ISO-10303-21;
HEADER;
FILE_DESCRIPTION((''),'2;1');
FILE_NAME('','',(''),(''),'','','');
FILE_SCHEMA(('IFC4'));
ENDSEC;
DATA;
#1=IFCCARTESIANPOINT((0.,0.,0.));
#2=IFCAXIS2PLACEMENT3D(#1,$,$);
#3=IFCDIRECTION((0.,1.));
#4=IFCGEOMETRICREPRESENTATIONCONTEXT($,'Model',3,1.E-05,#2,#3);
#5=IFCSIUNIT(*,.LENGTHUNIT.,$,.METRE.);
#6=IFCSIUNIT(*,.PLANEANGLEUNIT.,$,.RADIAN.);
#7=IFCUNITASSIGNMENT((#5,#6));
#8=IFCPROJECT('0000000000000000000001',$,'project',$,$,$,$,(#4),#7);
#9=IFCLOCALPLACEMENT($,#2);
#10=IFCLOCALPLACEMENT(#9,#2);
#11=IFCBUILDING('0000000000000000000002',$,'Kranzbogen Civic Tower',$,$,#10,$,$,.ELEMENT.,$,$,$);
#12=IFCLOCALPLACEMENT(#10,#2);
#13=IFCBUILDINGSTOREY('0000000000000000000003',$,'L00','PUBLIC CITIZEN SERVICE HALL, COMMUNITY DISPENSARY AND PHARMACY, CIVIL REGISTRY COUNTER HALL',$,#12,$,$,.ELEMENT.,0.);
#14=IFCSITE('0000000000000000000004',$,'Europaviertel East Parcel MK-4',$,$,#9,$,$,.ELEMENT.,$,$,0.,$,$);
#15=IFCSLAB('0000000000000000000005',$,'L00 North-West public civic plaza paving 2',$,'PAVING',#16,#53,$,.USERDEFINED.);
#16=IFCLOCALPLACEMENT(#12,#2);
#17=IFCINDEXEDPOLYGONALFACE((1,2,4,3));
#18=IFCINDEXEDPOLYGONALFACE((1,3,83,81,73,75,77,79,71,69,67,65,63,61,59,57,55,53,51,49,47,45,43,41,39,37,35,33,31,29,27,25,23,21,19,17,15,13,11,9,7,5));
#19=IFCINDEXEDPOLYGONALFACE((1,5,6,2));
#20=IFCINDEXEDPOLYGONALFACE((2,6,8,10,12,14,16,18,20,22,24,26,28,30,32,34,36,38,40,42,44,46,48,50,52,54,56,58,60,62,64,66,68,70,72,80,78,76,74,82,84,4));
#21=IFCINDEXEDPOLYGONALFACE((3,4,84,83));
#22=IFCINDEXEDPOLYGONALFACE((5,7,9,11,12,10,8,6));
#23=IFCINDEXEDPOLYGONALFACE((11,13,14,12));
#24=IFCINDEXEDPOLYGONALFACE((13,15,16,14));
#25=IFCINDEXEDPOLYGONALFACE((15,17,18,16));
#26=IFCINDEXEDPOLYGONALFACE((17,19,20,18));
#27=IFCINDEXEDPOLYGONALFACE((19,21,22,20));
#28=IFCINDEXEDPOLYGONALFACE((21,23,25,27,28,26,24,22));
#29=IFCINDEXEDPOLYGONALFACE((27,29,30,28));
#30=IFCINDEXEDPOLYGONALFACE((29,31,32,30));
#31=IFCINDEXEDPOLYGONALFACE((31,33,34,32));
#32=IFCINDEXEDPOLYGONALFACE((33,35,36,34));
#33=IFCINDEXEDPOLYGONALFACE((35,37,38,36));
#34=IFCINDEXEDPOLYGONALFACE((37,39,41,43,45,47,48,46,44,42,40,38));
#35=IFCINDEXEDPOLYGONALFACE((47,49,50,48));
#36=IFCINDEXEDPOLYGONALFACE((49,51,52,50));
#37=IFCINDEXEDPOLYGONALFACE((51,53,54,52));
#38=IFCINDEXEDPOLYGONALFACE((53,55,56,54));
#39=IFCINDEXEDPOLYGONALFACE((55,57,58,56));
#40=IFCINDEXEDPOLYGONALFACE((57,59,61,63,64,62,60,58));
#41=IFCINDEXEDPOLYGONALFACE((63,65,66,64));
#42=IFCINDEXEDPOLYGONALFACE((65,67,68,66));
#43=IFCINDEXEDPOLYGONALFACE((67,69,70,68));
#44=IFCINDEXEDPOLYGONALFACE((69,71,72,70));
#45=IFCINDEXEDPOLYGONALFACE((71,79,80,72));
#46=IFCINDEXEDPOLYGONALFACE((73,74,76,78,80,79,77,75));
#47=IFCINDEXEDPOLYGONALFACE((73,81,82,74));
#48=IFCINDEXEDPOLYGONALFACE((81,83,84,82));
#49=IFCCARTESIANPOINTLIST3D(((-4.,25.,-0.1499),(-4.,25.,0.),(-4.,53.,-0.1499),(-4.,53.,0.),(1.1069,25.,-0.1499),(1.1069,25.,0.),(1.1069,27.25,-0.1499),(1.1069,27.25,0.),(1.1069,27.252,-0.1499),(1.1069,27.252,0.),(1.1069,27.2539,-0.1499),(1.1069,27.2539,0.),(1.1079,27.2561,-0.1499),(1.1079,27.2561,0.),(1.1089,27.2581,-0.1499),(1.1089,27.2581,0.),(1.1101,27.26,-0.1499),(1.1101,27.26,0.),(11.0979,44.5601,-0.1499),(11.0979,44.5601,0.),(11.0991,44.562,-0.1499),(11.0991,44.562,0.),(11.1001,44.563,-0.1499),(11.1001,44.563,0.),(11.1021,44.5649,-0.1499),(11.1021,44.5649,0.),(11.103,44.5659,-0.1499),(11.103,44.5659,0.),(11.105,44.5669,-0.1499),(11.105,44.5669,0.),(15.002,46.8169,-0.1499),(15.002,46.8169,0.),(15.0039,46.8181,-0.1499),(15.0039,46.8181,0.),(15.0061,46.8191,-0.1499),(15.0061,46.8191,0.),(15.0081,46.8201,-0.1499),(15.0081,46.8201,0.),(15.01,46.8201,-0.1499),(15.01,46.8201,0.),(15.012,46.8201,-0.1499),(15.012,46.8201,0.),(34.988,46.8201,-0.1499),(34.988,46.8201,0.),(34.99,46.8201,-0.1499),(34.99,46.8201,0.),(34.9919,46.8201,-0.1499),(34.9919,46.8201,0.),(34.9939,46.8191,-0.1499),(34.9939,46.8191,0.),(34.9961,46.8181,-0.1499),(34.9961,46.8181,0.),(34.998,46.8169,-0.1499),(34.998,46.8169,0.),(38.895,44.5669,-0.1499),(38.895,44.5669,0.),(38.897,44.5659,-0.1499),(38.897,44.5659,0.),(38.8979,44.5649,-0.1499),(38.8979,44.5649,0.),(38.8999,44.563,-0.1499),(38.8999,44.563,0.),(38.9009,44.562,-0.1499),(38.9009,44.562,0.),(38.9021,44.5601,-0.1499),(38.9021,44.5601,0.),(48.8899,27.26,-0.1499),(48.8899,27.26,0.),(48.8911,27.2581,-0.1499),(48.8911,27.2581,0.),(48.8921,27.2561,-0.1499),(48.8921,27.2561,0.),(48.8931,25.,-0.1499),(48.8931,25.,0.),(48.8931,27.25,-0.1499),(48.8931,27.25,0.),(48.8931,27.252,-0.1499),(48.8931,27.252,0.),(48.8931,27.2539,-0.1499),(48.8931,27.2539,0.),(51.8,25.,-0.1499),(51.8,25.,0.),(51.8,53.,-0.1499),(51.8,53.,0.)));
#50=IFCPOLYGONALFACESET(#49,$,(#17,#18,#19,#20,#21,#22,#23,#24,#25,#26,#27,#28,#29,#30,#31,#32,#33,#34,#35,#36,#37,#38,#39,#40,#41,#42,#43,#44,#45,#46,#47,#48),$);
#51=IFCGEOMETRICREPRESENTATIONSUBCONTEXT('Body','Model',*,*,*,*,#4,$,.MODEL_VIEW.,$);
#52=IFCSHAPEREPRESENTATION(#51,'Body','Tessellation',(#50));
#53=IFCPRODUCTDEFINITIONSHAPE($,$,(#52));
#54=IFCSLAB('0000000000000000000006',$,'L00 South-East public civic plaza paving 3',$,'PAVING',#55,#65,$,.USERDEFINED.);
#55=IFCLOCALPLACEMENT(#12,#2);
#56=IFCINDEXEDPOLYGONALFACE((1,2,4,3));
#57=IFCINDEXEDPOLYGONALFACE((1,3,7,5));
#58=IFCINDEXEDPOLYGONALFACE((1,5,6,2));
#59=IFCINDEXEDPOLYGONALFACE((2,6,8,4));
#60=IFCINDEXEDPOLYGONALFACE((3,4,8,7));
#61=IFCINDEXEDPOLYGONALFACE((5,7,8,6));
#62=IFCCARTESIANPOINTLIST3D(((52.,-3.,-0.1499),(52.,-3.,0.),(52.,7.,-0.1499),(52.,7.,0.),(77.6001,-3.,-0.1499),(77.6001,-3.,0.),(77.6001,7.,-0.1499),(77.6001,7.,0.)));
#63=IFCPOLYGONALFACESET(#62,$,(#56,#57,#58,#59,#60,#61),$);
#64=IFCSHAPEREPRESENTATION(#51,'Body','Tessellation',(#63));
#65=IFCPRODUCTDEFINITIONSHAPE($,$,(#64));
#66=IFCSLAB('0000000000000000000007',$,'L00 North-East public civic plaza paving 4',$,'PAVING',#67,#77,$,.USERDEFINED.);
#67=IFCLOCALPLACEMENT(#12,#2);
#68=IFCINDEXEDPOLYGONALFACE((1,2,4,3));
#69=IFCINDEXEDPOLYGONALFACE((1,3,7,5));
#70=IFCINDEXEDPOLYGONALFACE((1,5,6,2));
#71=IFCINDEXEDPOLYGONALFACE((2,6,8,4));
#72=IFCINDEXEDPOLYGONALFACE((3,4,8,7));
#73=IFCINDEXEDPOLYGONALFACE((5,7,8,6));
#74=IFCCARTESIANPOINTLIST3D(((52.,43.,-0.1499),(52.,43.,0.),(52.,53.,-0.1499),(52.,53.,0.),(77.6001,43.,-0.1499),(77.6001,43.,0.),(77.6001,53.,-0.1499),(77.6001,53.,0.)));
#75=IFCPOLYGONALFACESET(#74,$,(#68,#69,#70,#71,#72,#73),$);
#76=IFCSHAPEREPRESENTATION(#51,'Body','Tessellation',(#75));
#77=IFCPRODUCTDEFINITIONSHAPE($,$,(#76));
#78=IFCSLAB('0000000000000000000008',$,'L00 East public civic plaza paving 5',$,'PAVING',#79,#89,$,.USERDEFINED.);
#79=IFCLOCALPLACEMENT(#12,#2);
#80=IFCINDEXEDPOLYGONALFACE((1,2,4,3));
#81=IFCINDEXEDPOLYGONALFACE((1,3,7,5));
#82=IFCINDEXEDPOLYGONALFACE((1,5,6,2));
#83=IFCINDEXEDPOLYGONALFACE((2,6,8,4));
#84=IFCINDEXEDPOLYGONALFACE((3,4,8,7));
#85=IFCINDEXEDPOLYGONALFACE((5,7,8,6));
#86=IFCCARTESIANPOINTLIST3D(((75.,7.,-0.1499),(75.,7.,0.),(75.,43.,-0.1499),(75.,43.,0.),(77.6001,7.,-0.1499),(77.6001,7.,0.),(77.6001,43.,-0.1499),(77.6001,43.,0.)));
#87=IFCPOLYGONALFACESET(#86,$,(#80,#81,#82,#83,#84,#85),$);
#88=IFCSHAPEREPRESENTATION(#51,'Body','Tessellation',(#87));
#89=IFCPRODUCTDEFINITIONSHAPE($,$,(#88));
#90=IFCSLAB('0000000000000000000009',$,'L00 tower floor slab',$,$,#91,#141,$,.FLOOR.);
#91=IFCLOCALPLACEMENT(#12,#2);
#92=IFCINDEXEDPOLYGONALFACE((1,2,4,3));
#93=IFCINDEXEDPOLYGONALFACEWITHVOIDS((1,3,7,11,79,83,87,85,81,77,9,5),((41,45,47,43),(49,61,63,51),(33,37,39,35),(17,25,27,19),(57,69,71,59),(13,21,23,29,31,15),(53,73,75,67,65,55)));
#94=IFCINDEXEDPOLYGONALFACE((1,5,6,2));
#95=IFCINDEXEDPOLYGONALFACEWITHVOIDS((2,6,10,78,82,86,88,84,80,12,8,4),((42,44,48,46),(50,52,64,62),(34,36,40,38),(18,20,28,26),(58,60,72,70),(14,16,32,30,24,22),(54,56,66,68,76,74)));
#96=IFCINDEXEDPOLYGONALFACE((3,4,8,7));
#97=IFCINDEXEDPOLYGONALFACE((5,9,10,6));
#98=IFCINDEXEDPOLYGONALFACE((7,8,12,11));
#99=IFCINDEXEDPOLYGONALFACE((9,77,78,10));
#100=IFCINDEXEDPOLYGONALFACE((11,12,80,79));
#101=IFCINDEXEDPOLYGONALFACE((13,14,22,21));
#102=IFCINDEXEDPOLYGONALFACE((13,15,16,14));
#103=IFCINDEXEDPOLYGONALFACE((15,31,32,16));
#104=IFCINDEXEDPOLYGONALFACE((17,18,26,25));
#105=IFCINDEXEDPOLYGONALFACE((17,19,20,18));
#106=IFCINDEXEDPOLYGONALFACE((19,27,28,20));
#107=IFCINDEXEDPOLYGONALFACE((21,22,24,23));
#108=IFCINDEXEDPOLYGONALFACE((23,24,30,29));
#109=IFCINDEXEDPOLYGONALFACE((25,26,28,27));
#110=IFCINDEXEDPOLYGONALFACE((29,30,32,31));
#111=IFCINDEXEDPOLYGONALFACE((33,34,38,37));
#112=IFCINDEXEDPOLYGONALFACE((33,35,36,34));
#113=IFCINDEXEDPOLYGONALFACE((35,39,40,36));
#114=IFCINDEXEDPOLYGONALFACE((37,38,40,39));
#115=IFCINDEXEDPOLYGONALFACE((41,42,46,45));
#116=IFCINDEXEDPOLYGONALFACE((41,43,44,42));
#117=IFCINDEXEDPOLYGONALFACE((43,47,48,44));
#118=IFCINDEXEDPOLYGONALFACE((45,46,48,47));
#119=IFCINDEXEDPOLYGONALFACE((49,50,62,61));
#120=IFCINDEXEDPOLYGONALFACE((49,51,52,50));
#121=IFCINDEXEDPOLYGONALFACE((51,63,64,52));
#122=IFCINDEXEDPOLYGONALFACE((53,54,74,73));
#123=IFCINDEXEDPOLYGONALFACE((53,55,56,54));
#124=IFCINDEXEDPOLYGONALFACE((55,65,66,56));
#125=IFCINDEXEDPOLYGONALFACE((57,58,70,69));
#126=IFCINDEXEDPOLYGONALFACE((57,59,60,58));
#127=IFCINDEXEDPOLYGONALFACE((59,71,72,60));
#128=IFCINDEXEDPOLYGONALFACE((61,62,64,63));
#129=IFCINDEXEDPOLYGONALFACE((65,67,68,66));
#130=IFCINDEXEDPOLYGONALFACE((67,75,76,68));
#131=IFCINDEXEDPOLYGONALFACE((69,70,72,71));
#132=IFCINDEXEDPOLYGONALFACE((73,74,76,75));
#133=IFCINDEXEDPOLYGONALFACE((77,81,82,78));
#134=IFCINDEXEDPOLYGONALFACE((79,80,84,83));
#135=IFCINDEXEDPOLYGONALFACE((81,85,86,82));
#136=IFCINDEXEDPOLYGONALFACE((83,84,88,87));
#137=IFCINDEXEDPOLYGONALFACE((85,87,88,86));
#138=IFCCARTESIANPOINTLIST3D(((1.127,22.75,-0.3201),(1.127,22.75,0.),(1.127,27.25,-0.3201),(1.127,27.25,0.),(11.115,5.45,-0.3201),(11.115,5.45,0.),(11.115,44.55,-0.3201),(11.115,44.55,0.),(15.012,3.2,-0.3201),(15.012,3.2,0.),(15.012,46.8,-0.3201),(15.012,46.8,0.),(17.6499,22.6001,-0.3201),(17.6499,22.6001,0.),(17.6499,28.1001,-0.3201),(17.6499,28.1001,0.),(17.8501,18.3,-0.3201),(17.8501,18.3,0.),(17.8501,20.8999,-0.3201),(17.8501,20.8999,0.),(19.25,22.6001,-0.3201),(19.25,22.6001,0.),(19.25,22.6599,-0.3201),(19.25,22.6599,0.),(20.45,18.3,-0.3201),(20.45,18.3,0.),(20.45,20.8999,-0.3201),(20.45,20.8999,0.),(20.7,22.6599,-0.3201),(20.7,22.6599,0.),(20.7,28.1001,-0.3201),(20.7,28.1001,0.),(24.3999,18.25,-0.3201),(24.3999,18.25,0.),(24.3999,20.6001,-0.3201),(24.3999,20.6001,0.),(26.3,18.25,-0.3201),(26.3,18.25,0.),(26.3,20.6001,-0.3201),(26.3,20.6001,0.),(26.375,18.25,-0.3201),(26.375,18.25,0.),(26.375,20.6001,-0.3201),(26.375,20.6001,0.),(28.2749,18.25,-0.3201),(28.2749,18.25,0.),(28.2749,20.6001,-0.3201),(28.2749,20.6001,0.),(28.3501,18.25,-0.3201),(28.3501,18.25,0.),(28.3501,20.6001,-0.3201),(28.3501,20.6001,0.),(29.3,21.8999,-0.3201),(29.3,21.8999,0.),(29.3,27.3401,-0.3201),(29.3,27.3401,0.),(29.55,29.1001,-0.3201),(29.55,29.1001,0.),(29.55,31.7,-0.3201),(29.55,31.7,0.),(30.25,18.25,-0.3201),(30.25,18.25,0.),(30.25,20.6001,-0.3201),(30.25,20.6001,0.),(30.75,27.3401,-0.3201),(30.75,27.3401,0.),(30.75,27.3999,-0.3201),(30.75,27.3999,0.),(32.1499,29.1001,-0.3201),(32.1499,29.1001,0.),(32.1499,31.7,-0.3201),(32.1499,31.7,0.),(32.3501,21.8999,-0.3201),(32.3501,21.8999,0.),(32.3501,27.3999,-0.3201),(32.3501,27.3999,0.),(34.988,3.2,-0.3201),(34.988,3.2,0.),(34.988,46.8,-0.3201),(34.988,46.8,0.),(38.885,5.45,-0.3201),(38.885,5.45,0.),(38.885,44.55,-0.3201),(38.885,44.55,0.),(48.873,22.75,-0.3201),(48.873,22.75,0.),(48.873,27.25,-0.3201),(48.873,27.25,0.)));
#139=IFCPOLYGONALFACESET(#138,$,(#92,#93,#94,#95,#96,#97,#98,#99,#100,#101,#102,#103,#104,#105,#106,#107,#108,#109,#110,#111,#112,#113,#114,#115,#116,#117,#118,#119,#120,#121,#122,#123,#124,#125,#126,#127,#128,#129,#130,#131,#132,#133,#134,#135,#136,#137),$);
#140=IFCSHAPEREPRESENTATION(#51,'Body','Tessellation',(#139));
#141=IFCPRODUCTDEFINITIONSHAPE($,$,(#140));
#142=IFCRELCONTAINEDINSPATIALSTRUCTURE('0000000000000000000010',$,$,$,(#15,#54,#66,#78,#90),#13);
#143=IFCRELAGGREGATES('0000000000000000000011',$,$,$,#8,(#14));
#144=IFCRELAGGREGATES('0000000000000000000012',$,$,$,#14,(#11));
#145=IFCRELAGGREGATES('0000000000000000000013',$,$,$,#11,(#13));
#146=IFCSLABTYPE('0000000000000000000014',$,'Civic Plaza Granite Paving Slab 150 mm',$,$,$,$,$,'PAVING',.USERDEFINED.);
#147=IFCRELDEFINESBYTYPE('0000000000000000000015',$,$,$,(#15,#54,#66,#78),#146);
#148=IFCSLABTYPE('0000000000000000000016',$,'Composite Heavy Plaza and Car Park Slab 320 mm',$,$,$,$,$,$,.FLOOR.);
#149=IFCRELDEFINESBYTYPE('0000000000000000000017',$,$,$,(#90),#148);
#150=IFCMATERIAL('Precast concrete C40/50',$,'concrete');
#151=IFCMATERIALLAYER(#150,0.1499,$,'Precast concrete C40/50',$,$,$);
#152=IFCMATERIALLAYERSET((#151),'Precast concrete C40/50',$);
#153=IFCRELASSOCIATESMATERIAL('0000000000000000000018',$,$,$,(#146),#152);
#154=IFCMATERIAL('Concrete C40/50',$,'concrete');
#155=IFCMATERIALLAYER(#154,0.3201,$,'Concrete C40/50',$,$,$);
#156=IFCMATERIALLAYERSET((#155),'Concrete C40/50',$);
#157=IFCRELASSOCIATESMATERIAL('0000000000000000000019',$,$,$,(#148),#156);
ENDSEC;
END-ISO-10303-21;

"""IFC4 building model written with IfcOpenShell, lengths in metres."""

from ifc_helpers import new_model, si_unit, direction, frame, origin, place, context, subcontext, project, spatial, polyline, outline, extrude, material, layer, layer_set, type_object, element, save


model = new_model("IFC4")

# Units and contexts
model_context = context("Model", 3, precision=1e-05, world=origin(), true_north=direction((0.0, 1.0)))
body_context = subcontext(model_context, "Body", "Model", "MODEL_VIEW")
ifc_project = project(units=[si_unit("LENGTHUNIT", "METRE"), si_unit("PLANEANGLEUNIT", "RADIAN")], contexts=[model_context])

# Site, building, storey
site_placement = place(None, origin())
site = spatial("IfcSite", under=ifc_project, at=site_placement, Name="Europaviertel East Parcel MK-4", CompositionType="ELEMENT", RefElevation=0.0)
building_placement = place(site_placement, origin())
building = spatial("IfcBuilding", under=site, at=building_placement, Name="Kranzbogen Civic Tower", CompositionType="ELEMENT")
storey_placement = place(building_placement, origin())
storey = spatial("IfcBuildingStorey", under=building, at=storey_placement, Name="L00", Description="PUBLIC CITIZEN SERVICE HALL, COMMUNITY DISPENSARY AND PHARMACY, CIVIL REGISTRY COUNTER HALL", CompositionType="ELEMENT", Elevation=0.0)

# Slabs
ifc_material_1 = material(Name="Precast concrete C40/50", Category="concrete")
ifc_layer_1 = layer(ifc_material_1, 0.1499, Name="Precast concrete C40/50")
ifc_layer_set_1 = layer_set([ifc_layer_1], Name="Precast concrete C40/50")
slab_type_1 = type_object("IfcSlabType", Name="Civic Plaza Granite Paving Slab 150 mm", ElementType="PAVING", PredefinedType="USERDEFINED", material=ifc_layer_set_1)
slab_1_placement = place(storey_placement, frame((0.0, 0.0, -0.1499)))
element("IfcSlab", 1, at=slab_1_placement, inside=storey, type_object=slab_type_1, Name="L00 North-West public civic plaza paving 2", ObjectType="PAVING", PredefinedType="USERDEFINED", context=body_context, shape_type="SweptSolid", body=[
    extrude(outline(polyline([(1.1069, 25.0), (1.1069, 27.25), (1.1069, 27.252), (1.1069, 27.2539), (1.1079, 27.2561), (1.1089, 27.2581), (1.1101, 27.26), (11.0979, 44.5601), (11.0991, 44.562), (11.1001, 44.563), (11.1021, 44.5649), (11.103, 44.5659), (11.105, 44.5669), (15.002, 46.8169), (15.0039, 46.8181), (15.0061, 46.8191), (15.0081, 46.8201), (15.01, 46.8201), (15.012, 46.8201), (34.988, 46.8201), (34.99, 46.8201), (34.9919, 46.8201), (34.9939, 46.8191), (34.9961, 46.8181), (34.998, 46.8169), (38.895, 44.5669), (38.897, 44.5659), (38.8979, 44.5649), (38.8999, 44.563), (38.9009, 44.562), (38.9021, 44.5601), (48.8899, 27.26), (48.8911, 27.2581), (48.8921, 27.2561), (48.8931, 27.2539), (48.8931, 27.252), (48.8931, 27.25), (48.8931, 25.0), (51.8, 25.0), (51.8, 53.0), (-4.0, 53.0), (-4.0, 25.0), (1.1069, 25.0)])), origin(), (0.0, 0.0, 1.0), 0.1499),
])
slab_2_placement = place(storey_placement, frame((0.0, 0.0, -0.1499)))
element("IfcSlab", 2, at=slab_2_placement, inside=storey, type_object=slab_type_1, Name="L00 South-East public civic plaza paving 3", ObjectType="PAVING", PredefinedType="USERDEFINED", context=body_context, shape_type="SweptSolid", body=[
    extrude(outline(polyline([(77.6001, -3.0), (77.6001, 7.0), (52.0, 7.0), (52.0, -3.0), (77.6001, -3.0)])), origin(), (0.0, 0.0, 1.0), 0.1499),
])
slab_3_placement = place(storey_placement, frame((0.0, 0.0, -0.1499)))
element("IfcSlab", 3, at=slab_3_placement, inside=storey, type_object=slab_type_1, Name="L00 North-East public civic plaza paving 4", ObjectType="PAVING", PredefinedType="USERDEFINED", context=body_context, shape_type="SweptSolid", body=[
    extrude(outline(polyline([(77.6001, 43.0), (77.6001, 53.0), (52.0, 53.0), (52.0, 43.0), (77.6001, 43.0)])), origin(), (0.0, 0.0, 1.0), 0.1499),
])
slab_4_placement = place(storey_placement, frame((0.0, 0.0, -0.1499)))
element("IfcSlab", 4, at=slab_4_placement, inside=storey, type_object=slab_type_1, Name="L00 East public civic plaza paving 5", ObjectType="PAVING", PredefinedType="USERDEFINED", context=body_context, shape_type="SweptSolid", body=[
    extrude(outline(polyline([(77.6001, 7.0), (77.6001, 43.0), (75.0, 43.0), (75.0, 7.0), (77.6001, 7.0)])), origin(), (0.0, 0.0, 1.0), 0.1499),
])
ifc_material_2 = material(Name="Concrete C40/50", Category="concrete")
ifc_layer_2 = layer(ifc_material_2, 0.3201, Name="Concrete C40/50")
ifc_layer_set_2 = layer_set([ifc_layer_2], Name="Concrete C40/50")
slab_type_2 = type_object("IfcSlabType", Name="Composite Heavy Plaza and Car Park Slab 320 mm", PredefinedType="FLOOR", material=ifc_layer_set_2)
slab_5_placement = place(storey_placement, frame((0.0, 0.0, -0.3201)))
element("IfcSlab", 5, at=slab_5_placement, inside=storey, type_object=slab_type_2, Name="L00 tower floor slab", PredefinedType="FLOOR", context=body_context, shape_type="SweptSolid", body=[
    extrude(outline(polyline([(48.873, 27.25), (38.885, 44.55), (34.988, 46.8), (15.012, 46.8), (11.115, 44.55), (1.127, 27.25), (1.127, 22.75), (11.115, 5.45), (15.012, 3.2), (34.988, 3.2), (38.885, 5.45), (48.873, 22.75), (48.873, 27.25)]), holes=[polyline([(26.3, 20.6001), (26.3, 18.25), (24.3999, 18.25), (24.3999, 20.6001), (26.3, 20.6001)]), polyline([(28.2749, 20.6001), (28.2749, 18.25), (26.375, 18.25), (26.375, 20.6001), (28.2749, 20.6001)]), polyline([(30.25, 20.6001), (30.25, 18.25), (28.3501, 18.25), (28.3501, 20.6001), (30.25, 20.6001)]), polyline([(20.45, 18.3), (17.8501, 18.3), (17.8501, 20.8999), (20.45, 20.8999), (20.45, 18.3)]), polyline([(30.75, 27.3401), (30.75, 27.3999), (32.3501, 27.3999), (32.3501, 21.8999), (29.3, 21.8999), (29.3, 27.3401), (30.75, 27.3401)]), polyline([(20.7, 22.6599), (19.25, 22.6599), (19.25, 22.6001), (17.6499, 22.6001), (17.6499, 28.1001), (20.7, 28.1001), (20.7, 22.6599)]), polyline([(32.1499, 29.1001), (29.55, 29.1001), (29.55, 31.7), (32.1499, 31.7), (32.1499, 29.1001)])]), origin(), (0.0, 0.0, 1.0), 0.3201),
])

save(model, "model.ifc")
